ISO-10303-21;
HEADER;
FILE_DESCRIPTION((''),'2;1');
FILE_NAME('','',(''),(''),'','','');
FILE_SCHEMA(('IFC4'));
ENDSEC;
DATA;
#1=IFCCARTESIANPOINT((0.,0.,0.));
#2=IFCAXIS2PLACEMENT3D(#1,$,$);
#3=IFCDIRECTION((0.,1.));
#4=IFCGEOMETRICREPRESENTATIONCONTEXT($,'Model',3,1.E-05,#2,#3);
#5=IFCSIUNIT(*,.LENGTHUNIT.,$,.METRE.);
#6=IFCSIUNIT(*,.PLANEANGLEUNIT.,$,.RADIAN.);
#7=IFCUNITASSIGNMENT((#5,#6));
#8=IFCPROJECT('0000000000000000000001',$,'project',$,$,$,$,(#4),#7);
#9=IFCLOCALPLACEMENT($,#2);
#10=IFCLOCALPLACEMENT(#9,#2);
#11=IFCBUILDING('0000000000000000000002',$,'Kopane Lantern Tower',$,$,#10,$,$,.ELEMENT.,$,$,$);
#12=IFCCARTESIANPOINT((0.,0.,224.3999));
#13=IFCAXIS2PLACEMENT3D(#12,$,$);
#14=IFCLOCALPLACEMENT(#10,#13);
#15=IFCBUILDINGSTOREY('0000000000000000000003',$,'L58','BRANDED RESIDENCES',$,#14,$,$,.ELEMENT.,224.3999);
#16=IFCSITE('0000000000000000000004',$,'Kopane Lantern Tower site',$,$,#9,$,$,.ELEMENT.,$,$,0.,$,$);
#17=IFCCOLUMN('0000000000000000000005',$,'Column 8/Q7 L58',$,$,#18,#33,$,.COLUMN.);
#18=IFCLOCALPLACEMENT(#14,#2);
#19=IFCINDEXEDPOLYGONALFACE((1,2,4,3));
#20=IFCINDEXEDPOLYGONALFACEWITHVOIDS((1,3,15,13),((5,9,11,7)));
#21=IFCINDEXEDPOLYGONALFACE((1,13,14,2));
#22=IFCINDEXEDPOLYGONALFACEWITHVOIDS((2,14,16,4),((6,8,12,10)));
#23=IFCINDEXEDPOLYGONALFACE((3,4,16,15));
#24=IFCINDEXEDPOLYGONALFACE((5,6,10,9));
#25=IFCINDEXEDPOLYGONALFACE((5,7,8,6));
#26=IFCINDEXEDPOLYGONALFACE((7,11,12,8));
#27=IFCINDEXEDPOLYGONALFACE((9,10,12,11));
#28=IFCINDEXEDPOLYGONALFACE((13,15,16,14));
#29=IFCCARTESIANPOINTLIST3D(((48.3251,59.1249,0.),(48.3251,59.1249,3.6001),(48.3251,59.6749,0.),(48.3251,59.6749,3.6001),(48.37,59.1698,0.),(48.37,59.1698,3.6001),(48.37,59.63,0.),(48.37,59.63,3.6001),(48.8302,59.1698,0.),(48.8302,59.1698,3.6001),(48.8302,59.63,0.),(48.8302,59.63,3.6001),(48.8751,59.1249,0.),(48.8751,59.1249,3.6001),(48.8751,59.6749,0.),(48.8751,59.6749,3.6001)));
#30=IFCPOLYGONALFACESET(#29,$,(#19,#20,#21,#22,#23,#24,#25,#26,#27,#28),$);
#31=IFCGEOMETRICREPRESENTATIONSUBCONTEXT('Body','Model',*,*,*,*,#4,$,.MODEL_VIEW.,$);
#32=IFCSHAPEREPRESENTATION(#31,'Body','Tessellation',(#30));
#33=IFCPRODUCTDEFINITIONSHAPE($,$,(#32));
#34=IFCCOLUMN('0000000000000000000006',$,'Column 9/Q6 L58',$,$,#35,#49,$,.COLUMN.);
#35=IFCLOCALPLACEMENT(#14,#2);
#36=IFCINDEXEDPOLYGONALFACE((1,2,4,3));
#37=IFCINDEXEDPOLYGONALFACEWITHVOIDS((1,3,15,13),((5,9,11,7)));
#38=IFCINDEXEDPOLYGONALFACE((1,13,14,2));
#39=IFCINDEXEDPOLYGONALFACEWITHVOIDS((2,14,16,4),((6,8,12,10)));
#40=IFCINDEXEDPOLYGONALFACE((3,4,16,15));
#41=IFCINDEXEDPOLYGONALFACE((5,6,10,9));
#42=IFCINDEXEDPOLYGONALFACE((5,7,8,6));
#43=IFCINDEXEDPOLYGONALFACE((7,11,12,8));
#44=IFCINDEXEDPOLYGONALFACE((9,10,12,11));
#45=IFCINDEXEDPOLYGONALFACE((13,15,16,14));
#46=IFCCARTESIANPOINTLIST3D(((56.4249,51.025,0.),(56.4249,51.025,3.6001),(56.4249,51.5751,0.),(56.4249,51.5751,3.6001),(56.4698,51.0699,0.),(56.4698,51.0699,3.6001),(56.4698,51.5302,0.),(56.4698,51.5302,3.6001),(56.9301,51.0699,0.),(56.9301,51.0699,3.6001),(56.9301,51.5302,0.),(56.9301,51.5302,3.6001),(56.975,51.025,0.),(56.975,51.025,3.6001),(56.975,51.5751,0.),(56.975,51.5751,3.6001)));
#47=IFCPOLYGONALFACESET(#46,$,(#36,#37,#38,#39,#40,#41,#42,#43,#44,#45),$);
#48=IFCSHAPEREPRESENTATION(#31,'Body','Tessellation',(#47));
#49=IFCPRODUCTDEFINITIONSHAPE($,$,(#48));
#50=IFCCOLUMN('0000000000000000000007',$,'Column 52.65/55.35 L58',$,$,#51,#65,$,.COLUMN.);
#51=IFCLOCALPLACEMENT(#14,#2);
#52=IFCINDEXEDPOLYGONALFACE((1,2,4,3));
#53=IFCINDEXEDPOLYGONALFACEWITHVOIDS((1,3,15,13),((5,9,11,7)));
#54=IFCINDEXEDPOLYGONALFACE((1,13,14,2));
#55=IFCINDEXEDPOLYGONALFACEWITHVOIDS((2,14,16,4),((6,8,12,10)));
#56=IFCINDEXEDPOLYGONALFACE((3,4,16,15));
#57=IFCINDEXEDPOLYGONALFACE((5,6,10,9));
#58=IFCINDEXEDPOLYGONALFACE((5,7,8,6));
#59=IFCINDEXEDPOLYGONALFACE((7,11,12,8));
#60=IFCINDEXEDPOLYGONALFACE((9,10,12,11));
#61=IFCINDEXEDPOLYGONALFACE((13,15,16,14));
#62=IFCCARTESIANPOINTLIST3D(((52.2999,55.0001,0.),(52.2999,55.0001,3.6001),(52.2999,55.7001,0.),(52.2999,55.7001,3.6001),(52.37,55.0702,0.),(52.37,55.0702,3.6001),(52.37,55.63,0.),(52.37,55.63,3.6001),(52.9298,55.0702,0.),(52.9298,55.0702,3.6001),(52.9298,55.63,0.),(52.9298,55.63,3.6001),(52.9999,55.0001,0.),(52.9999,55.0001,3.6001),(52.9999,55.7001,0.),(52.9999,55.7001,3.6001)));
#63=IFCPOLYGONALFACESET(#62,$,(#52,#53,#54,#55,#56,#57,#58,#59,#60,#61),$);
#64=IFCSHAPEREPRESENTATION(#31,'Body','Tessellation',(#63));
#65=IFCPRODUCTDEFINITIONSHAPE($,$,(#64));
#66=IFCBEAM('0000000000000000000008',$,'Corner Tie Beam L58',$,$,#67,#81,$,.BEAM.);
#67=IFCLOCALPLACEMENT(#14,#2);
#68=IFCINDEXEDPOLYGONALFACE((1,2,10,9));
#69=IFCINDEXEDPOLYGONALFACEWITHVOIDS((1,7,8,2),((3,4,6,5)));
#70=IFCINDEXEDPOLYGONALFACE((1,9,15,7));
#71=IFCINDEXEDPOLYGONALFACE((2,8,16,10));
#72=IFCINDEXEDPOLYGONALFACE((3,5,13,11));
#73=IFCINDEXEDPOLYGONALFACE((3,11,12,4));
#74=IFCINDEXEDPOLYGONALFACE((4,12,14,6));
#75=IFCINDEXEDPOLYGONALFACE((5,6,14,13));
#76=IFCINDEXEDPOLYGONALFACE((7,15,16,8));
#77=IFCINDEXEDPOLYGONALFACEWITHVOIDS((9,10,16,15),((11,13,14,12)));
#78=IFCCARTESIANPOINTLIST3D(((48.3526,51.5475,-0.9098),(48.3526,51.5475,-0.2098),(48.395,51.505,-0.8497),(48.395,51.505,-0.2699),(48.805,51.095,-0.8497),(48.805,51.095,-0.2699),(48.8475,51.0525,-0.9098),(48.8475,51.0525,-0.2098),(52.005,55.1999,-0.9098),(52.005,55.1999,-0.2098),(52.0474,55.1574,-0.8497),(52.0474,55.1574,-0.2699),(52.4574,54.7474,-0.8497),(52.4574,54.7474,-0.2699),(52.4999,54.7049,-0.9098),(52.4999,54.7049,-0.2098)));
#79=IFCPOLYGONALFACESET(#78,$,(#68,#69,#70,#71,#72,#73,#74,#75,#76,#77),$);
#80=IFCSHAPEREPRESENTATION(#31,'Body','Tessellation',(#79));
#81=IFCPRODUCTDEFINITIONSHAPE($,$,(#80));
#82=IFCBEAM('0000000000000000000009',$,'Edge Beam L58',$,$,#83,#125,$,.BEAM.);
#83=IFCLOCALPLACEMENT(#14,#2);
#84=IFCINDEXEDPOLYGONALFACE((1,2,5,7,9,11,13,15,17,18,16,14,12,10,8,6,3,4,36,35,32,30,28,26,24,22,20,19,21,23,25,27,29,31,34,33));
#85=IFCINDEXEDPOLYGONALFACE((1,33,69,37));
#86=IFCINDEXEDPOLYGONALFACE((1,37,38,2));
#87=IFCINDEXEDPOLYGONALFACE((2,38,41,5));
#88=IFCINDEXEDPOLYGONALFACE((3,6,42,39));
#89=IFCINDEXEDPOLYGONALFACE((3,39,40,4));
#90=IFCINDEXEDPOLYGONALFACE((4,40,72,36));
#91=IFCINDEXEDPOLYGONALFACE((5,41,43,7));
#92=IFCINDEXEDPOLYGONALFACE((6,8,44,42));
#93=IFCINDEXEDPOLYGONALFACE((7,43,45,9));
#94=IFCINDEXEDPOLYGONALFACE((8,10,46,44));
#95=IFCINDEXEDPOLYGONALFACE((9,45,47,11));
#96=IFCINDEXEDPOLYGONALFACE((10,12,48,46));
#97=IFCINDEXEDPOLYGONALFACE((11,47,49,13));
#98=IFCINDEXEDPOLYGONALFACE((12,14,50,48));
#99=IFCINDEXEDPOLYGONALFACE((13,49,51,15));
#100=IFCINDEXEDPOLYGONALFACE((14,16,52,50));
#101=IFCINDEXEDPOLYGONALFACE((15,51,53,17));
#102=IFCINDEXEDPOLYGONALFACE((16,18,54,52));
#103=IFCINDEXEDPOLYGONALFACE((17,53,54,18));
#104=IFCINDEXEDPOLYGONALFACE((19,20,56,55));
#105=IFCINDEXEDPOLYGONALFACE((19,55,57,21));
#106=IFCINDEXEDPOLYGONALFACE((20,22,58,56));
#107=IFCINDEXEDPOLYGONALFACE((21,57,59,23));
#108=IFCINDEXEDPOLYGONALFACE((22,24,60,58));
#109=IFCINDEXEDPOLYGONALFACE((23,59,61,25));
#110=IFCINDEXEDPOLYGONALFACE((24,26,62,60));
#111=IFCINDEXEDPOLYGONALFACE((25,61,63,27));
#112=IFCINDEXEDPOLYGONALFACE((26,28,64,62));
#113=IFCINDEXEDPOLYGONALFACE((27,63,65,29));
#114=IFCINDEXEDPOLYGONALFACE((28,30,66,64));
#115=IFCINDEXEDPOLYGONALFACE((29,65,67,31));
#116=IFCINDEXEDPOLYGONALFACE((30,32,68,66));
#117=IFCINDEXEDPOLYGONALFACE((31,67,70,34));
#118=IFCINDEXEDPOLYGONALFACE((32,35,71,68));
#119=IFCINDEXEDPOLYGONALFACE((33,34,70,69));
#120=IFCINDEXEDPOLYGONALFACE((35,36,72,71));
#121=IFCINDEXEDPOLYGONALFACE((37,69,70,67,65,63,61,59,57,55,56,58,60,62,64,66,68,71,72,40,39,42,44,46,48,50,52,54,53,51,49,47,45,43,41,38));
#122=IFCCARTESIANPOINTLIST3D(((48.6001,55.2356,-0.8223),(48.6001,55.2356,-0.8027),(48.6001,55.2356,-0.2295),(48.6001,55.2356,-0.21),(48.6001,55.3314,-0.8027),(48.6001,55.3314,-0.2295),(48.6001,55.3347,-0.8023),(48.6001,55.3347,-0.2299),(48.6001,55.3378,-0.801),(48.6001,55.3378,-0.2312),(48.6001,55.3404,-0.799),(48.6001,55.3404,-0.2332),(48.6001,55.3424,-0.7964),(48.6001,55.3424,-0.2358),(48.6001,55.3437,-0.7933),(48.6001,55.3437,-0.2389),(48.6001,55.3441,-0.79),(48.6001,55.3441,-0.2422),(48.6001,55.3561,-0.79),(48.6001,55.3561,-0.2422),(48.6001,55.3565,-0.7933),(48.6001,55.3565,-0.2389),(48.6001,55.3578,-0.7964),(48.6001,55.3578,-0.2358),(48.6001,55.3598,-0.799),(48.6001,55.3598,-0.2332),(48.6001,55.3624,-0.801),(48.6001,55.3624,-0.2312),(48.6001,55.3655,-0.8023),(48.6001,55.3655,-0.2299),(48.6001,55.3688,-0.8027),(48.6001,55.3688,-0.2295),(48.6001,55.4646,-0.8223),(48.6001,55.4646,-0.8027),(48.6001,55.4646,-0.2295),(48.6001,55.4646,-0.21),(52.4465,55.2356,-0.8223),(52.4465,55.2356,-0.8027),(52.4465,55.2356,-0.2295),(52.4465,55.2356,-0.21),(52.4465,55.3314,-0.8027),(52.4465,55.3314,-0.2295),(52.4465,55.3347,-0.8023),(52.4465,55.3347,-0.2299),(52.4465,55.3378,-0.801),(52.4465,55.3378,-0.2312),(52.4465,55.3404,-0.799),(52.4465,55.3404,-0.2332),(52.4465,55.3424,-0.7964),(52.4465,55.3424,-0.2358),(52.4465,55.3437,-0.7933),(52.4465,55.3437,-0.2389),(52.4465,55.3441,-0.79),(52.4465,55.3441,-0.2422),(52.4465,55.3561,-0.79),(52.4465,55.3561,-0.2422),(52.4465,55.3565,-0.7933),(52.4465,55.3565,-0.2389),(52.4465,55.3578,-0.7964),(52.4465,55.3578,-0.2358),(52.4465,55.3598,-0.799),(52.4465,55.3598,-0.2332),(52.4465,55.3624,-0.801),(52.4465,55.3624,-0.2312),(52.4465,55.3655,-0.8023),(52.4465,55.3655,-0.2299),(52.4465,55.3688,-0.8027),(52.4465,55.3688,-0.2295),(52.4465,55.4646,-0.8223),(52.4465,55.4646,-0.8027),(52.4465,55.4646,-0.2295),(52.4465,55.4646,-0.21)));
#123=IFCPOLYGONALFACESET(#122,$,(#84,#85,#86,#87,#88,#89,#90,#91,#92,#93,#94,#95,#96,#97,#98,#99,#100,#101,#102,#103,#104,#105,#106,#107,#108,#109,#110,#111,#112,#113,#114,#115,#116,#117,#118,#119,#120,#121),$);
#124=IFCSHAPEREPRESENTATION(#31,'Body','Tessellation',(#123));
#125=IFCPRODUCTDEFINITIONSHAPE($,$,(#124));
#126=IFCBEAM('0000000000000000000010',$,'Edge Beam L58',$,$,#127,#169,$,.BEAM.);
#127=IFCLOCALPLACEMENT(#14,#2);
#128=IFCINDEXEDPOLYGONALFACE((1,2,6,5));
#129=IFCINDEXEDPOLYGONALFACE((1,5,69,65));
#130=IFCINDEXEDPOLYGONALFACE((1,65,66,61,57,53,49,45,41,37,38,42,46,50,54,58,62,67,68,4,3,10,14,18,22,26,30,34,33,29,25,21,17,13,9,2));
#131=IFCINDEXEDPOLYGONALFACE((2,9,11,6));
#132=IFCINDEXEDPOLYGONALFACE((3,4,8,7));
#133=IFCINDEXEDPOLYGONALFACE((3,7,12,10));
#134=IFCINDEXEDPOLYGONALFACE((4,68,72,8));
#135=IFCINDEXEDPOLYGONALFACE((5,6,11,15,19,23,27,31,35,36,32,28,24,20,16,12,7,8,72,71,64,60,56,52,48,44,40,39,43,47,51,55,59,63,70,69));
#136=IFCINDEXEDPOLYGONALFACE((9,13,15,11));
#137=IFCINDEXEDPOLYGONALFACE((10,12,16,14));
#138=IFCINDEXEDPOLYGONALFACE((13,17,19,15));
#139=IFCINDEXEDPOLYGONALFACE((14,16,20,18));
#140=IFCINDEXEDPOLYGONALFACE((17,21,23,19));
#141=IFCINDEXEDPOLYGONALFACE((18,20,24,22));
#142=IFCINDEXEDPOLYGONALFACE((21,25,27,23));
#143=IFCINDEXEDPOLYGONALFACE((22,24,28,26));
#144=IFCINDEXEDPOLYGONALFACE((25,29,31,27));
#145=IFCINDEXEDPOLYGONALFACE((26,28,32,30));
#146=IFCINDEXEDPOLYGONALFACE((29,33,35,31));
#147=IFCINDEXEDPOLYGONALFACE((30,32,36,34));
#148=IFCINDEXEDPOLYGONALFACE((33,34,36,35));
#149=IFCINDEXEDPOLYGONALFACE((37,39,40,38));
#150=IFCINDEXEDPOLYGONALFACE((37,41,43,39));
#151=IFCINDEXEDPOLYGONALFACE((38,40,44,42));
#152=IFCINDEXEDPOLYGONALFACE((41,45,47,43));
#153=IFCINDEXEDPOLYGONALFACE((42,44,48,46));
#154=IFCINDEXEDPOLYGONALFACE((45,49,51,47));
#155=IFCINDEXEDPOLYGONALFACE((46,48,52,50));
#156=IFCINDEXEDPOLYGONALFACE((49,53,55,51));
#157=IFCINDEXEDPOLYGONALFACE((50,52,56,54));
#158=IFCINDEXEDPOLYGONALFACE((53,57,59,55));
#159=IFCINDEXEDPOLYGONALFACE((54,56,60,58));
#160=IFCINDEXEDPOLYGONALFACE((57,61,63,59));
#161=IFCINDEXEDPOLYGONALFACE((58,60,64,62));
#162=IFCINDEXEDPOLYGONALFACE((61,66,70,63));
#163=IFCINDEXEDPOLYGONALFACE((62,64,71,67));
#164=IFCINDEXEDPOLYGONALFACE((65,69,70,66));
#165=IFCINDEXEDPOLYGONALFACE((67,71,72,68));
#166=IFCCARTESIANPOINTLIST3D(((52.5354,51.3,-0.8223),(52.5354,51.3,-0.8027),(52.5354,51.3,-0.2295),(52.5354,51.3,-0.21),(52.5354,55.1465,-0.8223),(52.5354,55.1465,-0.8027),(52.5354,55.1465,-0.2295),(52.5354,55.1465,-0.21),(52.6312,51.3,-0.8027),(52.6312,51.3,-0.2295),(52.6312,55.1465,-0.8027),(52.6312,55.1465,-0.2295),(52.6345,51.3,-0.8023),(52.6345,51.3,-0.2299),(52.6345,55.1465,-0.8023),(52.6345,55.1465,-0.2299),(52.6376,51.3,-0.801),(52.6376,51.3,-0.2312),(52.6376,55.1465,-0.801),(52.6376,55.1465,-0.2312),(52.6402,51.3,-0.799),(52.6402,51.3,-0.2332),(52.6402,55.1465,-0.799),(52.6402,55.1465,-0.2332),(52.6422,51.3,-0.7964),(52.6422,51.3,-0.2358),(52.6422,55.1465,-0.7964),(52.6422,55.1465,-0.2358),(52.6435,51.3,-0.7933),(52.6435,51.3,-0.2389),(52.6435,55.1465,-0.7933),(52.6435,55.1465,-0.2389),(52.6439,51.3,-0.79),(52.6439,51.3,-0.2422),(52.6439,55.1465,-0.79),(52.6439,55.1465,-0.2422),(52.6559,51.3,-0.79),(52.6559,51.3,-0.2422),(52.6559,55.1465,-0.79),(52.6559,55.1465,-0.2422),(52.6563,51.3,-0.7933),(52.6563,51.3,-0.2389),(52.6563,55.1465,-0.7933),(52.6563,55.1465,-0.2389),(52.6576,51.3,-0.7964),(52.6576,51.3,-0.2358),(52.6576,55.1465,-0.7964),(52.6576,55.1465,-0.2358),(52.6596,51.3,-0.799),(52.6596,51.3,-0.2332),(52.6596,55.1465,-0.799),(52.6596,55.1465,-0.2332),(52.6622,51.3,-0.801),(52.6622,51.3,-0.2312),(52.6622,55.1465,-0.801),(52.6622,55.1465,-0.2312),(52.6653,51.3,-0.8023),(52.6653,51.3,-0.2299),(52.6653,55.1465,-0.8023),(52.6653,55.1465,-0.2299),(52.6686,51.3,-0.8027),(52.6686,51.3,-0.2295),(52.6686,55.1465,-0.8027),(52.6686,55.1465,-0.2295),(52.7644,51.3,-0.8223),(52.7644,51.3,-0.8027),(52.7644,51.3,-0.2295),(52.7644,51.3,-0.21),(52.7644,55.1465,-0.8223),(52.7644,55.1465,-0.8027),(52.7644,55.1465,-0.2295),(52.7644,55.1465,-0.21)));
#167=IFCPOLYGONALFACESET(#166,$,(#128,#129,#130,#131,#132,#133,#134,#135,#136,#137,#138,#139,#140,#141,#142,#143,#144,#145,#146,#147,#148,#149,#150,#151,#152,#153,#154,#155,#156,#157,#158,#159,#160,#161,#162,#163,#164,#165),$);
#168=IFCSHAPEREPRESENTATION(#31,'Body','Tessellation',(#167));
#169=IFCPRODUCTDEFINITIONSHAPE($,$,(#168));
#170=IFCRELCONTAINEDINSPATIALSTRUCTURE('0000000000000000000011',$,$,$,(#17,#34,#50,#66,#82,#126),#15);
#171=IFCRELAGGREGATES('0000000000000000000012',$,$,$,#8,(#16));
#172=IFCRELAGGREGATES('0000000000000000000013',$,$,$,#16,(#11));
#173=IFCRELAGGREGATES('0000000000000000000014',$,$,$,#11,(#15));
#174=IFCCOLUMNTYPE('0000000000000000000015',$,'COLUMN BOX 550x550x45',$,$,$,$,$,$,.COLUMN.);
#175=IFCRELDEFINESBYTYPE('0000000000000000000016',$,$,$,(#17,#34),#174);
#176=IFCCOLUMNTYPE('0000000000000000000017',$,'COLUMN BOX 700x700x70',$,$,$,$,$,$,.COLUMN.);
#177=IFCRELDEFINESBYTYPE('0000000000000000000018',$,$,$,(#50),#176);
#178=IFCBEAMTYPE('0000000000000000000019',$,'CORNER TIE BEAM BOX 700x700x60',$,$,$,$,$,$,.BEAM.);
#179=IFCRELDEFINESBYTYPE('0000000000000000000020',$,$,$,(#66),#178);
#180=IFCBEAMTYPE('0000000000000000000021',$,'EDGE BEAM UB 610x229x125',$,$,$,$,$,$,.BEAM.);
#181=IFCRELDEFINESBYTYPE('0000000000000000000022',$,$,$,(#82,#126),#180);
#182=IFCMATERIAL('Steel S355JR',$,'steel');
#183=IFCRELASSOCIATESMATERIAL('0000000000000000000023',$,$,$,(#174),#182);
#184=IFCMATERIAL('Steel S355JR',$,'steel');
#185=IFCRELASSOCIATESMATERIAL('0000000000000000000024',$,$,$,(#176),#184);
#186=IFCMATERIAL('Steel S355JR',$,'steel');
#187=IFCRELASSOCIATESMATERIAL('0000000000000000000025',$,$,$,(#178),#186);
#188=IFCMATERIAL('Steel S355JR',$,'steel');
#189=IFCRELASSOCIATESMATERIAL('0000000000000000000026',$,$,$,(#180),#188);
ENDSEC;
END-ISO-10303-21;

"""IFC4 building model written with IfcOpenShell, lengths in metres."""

from ifc_helpers import new_model, si_unit, direction, frame, origin, origin_2d, place, context, subcontext, project, spatial, hollow_rectangle, i_section, extrude, material, material_profile, profile_set, type_object, element, save


model = new_model("IFC4")

# Units and contexts
model_context = context("Model", 3, precision=1e-05, world=origin(), true_north=direction((0.0, 1.0)))
body_context = subcontext(model_context, "Body", "Model", "MODEL_VIEW")
ifc_project = project(units=[si_unit("LENGTHUNIT", "METRE"), si_unit("PLANEANGLEUNIT", "RADIAN")], contexts=[model_context])

# Site, building, storey
site_placement = place(None, origin())
site = spatial("IfcSite", under=ifc_project, at=site_placement, Name="Kopane Lantern Tower site", CompositionType="ELEMENT", RefElevation=0.0)
building_placement = place(site_placement, origin())
building = spatial("IfcBuilding", under=site, at=building_placement, Name="Kopane Lantern Tower", CompositionType="ELEMENT")
storey_placement = place(building_placement, frame((0.0, 0.0, 224.3999)))
storey = spatial("IfcBuildingStorey", under=building, at=storey_placement, Name="L58", Description="BRANDED RESIDENCES", CompositionType="ELEMENT", Elevation=224.3999)

# Columns
ifc_material_1 = material(Name="Steel S355JR", Category="steel")
ifc_material_profile_1 = material_profile(ifc_material_1, hollow_rectangle(XDim=0.55, YDim=0.55, WallThickness=0.0449, at=origin_2d()), Name="BOX 550x550x45")
ifc_profile_set_1 = profile_set([ifc_material_profile_1], Name="Steel S355JR")
column_type_1 = type_object("IfcColumnType", Name="COLUMN BOX 550x550x45", PredefinedType="COLUMN", material=ifc_profile_set_1)
for number, where, z_axis, x_axis, name in (
    (1, (48.6001, 59.3999, 0.0), (0.0, 0.0, 1.0), (1.0, 0.0, 0.0), "Column 8/Q7 L58"),
    (2, (56.7, 51.3, 0.0), (0.0, 0.0, 1.0), (1.0, 0.0, 0.0), "Column 9/Q6 L58"),
):
    element("IfcColumn", number, at=place(storey_placement, frame(where, z_axis=z_axis, x_axis=x_axis)), inside=storey, type_object=column_type_1, Name=name, PredefinedType="COLUMN", context=body_context, shape_type="SweptSolid", body=[
        extrude(hollow_rectangle(XDim=0.55, YDim=0.55, WallThickness=0.0449, at=origin_2d()), origin(), (0.0, 0.0, 1.0), 3.6001),
    ])
ifc_material_2 = material(Name="Steel S355JR", Category="steel")
ifc_material_profile_2 = material_profile(ifc_material_2, hollow_rectangle(XDim=0.7, YDim=0.7, WallThickness=0.0701, at=origin_2d()), Name="BOX 700x700x70")
ifc_profile_set_2 = profile_set([ifc_material_profile_2], Name="Steel S355JR")
column_type_2 = type_object("IfcColumnType", Name="COLUMN BOX 700x700x70", PredefinedType="COLUMN", material=ifc_profile_set_2)
column_placement = place(storey_placement, frame((52.6499, 55.3501, 0.0), z_axis=(0.0, 0.0, 1.0), x_axis=(1.0, 0.0, 0.0)))
element("IfcColumn", 3, at=column_placement, inside=storey, type_object=column_type_2, Name="Column 52.65/55.35 L58", PredefinedType="COLUMN", context=body_context, shape_type="SweptSolid", body=[
    extrude(hollow_rectangle(XDim=0.7, YDim=0.7, WallThickness=0.0701, at=origin_2d()), origin(), (0.0, 0.0, 1.0), 3.6001),
])

# Beams
ifc_material_3 = material(Name="Steel S355JR", Category="steel")
ifc_material_profile_3 = material_profile(ifc_material_3, hollow_rectangle(XDim=0.7, YDim=0.7, WallThickness=0.0601, at=origin_2d()), Name="BOX 700x700x60")
ifc_profile_set_3 = profile_set([ifc_material_profile_3], Name="Steel S355JR")
beam_type_1 = type_object("IfcBeamType", Name="CORNER TIE BEAM BOX 700x700x60", PredefinedType="BEAM", material=ifc_profile_set_3)
beam_placement = place(storey_placement, frame((52.2524, 54.9524, -0.5598), z_axis=(-0.707107, -0.707107, 0.0), x_axis=(0.707107, -0.707107, 0.0)))
element("IfcBeam", 4, at=beam_placement, inside=storey, type_object=beam_type_1, Name="Corner Tie Beam L58", PredefinedType="BEAM", context=body_context, shape_type="SweptSolid", body=[
    extrude(hollow_rectangle(XDim=0.7, YDim=0.7, WallThickness=0.0601, at=origin_2d()), origin(), (0.0, 0.0, 1.0), 5.1653),
])
ifc_material_4 = material(Name="Steel S355JR", Category="steel")
ifc_material_profile_4 = material_profile(ifc_material_4, i_section(OverallWidth=0.229, OverallDepth=0.6123, WebThickness=0.012, FlangeThickness=0.0195, FilletRadius=0.0127, at=origin_2d()), Name="UB 610x229x125")
ifc_profile_set_4 = profile_set([ifc_material_profile_4], Name="Steel S355JR")
beam_type_2 = type_object("IfcBeamType", Name="EDGE BEAM UB 610x229x125", PredefinedType="BEAM", material=ifc_profile_set_4)
for number, where, z_axis, x_axis, name in (
    (5, (52.4465, 55.3501, -0.5161), (-1.0, 0.0, 0.0), (0.0, -1.0, 0.0), "Edge Beam L58"),
    (6, (52.6499, 55.1465, -0.5161), (0.0, -1.0, 0.0), (1.0, 0.0, 0.0), "Edge Beam L58"),
):
    element("IfcBeam", number, at=place(storey_placement, frame(where, z_axis=z_axis, x_axis=x_axis)), inside=storey, type_object=beam_type_2, Name=name, PredefinedType="BEAM", context=body_context, shape_type="SweptSolid", body=[
        extrude(i_section(OverallWidth=0.229, OverallDepth=0.6123, WebThickness=0.012, FlangeThickness=0.0195, FilletRadius=0.0127, at=origin_2d()), origin(), (0.0, 0.0, 1.0), 3.8464),
    ])

save(model, "model.ifc")
